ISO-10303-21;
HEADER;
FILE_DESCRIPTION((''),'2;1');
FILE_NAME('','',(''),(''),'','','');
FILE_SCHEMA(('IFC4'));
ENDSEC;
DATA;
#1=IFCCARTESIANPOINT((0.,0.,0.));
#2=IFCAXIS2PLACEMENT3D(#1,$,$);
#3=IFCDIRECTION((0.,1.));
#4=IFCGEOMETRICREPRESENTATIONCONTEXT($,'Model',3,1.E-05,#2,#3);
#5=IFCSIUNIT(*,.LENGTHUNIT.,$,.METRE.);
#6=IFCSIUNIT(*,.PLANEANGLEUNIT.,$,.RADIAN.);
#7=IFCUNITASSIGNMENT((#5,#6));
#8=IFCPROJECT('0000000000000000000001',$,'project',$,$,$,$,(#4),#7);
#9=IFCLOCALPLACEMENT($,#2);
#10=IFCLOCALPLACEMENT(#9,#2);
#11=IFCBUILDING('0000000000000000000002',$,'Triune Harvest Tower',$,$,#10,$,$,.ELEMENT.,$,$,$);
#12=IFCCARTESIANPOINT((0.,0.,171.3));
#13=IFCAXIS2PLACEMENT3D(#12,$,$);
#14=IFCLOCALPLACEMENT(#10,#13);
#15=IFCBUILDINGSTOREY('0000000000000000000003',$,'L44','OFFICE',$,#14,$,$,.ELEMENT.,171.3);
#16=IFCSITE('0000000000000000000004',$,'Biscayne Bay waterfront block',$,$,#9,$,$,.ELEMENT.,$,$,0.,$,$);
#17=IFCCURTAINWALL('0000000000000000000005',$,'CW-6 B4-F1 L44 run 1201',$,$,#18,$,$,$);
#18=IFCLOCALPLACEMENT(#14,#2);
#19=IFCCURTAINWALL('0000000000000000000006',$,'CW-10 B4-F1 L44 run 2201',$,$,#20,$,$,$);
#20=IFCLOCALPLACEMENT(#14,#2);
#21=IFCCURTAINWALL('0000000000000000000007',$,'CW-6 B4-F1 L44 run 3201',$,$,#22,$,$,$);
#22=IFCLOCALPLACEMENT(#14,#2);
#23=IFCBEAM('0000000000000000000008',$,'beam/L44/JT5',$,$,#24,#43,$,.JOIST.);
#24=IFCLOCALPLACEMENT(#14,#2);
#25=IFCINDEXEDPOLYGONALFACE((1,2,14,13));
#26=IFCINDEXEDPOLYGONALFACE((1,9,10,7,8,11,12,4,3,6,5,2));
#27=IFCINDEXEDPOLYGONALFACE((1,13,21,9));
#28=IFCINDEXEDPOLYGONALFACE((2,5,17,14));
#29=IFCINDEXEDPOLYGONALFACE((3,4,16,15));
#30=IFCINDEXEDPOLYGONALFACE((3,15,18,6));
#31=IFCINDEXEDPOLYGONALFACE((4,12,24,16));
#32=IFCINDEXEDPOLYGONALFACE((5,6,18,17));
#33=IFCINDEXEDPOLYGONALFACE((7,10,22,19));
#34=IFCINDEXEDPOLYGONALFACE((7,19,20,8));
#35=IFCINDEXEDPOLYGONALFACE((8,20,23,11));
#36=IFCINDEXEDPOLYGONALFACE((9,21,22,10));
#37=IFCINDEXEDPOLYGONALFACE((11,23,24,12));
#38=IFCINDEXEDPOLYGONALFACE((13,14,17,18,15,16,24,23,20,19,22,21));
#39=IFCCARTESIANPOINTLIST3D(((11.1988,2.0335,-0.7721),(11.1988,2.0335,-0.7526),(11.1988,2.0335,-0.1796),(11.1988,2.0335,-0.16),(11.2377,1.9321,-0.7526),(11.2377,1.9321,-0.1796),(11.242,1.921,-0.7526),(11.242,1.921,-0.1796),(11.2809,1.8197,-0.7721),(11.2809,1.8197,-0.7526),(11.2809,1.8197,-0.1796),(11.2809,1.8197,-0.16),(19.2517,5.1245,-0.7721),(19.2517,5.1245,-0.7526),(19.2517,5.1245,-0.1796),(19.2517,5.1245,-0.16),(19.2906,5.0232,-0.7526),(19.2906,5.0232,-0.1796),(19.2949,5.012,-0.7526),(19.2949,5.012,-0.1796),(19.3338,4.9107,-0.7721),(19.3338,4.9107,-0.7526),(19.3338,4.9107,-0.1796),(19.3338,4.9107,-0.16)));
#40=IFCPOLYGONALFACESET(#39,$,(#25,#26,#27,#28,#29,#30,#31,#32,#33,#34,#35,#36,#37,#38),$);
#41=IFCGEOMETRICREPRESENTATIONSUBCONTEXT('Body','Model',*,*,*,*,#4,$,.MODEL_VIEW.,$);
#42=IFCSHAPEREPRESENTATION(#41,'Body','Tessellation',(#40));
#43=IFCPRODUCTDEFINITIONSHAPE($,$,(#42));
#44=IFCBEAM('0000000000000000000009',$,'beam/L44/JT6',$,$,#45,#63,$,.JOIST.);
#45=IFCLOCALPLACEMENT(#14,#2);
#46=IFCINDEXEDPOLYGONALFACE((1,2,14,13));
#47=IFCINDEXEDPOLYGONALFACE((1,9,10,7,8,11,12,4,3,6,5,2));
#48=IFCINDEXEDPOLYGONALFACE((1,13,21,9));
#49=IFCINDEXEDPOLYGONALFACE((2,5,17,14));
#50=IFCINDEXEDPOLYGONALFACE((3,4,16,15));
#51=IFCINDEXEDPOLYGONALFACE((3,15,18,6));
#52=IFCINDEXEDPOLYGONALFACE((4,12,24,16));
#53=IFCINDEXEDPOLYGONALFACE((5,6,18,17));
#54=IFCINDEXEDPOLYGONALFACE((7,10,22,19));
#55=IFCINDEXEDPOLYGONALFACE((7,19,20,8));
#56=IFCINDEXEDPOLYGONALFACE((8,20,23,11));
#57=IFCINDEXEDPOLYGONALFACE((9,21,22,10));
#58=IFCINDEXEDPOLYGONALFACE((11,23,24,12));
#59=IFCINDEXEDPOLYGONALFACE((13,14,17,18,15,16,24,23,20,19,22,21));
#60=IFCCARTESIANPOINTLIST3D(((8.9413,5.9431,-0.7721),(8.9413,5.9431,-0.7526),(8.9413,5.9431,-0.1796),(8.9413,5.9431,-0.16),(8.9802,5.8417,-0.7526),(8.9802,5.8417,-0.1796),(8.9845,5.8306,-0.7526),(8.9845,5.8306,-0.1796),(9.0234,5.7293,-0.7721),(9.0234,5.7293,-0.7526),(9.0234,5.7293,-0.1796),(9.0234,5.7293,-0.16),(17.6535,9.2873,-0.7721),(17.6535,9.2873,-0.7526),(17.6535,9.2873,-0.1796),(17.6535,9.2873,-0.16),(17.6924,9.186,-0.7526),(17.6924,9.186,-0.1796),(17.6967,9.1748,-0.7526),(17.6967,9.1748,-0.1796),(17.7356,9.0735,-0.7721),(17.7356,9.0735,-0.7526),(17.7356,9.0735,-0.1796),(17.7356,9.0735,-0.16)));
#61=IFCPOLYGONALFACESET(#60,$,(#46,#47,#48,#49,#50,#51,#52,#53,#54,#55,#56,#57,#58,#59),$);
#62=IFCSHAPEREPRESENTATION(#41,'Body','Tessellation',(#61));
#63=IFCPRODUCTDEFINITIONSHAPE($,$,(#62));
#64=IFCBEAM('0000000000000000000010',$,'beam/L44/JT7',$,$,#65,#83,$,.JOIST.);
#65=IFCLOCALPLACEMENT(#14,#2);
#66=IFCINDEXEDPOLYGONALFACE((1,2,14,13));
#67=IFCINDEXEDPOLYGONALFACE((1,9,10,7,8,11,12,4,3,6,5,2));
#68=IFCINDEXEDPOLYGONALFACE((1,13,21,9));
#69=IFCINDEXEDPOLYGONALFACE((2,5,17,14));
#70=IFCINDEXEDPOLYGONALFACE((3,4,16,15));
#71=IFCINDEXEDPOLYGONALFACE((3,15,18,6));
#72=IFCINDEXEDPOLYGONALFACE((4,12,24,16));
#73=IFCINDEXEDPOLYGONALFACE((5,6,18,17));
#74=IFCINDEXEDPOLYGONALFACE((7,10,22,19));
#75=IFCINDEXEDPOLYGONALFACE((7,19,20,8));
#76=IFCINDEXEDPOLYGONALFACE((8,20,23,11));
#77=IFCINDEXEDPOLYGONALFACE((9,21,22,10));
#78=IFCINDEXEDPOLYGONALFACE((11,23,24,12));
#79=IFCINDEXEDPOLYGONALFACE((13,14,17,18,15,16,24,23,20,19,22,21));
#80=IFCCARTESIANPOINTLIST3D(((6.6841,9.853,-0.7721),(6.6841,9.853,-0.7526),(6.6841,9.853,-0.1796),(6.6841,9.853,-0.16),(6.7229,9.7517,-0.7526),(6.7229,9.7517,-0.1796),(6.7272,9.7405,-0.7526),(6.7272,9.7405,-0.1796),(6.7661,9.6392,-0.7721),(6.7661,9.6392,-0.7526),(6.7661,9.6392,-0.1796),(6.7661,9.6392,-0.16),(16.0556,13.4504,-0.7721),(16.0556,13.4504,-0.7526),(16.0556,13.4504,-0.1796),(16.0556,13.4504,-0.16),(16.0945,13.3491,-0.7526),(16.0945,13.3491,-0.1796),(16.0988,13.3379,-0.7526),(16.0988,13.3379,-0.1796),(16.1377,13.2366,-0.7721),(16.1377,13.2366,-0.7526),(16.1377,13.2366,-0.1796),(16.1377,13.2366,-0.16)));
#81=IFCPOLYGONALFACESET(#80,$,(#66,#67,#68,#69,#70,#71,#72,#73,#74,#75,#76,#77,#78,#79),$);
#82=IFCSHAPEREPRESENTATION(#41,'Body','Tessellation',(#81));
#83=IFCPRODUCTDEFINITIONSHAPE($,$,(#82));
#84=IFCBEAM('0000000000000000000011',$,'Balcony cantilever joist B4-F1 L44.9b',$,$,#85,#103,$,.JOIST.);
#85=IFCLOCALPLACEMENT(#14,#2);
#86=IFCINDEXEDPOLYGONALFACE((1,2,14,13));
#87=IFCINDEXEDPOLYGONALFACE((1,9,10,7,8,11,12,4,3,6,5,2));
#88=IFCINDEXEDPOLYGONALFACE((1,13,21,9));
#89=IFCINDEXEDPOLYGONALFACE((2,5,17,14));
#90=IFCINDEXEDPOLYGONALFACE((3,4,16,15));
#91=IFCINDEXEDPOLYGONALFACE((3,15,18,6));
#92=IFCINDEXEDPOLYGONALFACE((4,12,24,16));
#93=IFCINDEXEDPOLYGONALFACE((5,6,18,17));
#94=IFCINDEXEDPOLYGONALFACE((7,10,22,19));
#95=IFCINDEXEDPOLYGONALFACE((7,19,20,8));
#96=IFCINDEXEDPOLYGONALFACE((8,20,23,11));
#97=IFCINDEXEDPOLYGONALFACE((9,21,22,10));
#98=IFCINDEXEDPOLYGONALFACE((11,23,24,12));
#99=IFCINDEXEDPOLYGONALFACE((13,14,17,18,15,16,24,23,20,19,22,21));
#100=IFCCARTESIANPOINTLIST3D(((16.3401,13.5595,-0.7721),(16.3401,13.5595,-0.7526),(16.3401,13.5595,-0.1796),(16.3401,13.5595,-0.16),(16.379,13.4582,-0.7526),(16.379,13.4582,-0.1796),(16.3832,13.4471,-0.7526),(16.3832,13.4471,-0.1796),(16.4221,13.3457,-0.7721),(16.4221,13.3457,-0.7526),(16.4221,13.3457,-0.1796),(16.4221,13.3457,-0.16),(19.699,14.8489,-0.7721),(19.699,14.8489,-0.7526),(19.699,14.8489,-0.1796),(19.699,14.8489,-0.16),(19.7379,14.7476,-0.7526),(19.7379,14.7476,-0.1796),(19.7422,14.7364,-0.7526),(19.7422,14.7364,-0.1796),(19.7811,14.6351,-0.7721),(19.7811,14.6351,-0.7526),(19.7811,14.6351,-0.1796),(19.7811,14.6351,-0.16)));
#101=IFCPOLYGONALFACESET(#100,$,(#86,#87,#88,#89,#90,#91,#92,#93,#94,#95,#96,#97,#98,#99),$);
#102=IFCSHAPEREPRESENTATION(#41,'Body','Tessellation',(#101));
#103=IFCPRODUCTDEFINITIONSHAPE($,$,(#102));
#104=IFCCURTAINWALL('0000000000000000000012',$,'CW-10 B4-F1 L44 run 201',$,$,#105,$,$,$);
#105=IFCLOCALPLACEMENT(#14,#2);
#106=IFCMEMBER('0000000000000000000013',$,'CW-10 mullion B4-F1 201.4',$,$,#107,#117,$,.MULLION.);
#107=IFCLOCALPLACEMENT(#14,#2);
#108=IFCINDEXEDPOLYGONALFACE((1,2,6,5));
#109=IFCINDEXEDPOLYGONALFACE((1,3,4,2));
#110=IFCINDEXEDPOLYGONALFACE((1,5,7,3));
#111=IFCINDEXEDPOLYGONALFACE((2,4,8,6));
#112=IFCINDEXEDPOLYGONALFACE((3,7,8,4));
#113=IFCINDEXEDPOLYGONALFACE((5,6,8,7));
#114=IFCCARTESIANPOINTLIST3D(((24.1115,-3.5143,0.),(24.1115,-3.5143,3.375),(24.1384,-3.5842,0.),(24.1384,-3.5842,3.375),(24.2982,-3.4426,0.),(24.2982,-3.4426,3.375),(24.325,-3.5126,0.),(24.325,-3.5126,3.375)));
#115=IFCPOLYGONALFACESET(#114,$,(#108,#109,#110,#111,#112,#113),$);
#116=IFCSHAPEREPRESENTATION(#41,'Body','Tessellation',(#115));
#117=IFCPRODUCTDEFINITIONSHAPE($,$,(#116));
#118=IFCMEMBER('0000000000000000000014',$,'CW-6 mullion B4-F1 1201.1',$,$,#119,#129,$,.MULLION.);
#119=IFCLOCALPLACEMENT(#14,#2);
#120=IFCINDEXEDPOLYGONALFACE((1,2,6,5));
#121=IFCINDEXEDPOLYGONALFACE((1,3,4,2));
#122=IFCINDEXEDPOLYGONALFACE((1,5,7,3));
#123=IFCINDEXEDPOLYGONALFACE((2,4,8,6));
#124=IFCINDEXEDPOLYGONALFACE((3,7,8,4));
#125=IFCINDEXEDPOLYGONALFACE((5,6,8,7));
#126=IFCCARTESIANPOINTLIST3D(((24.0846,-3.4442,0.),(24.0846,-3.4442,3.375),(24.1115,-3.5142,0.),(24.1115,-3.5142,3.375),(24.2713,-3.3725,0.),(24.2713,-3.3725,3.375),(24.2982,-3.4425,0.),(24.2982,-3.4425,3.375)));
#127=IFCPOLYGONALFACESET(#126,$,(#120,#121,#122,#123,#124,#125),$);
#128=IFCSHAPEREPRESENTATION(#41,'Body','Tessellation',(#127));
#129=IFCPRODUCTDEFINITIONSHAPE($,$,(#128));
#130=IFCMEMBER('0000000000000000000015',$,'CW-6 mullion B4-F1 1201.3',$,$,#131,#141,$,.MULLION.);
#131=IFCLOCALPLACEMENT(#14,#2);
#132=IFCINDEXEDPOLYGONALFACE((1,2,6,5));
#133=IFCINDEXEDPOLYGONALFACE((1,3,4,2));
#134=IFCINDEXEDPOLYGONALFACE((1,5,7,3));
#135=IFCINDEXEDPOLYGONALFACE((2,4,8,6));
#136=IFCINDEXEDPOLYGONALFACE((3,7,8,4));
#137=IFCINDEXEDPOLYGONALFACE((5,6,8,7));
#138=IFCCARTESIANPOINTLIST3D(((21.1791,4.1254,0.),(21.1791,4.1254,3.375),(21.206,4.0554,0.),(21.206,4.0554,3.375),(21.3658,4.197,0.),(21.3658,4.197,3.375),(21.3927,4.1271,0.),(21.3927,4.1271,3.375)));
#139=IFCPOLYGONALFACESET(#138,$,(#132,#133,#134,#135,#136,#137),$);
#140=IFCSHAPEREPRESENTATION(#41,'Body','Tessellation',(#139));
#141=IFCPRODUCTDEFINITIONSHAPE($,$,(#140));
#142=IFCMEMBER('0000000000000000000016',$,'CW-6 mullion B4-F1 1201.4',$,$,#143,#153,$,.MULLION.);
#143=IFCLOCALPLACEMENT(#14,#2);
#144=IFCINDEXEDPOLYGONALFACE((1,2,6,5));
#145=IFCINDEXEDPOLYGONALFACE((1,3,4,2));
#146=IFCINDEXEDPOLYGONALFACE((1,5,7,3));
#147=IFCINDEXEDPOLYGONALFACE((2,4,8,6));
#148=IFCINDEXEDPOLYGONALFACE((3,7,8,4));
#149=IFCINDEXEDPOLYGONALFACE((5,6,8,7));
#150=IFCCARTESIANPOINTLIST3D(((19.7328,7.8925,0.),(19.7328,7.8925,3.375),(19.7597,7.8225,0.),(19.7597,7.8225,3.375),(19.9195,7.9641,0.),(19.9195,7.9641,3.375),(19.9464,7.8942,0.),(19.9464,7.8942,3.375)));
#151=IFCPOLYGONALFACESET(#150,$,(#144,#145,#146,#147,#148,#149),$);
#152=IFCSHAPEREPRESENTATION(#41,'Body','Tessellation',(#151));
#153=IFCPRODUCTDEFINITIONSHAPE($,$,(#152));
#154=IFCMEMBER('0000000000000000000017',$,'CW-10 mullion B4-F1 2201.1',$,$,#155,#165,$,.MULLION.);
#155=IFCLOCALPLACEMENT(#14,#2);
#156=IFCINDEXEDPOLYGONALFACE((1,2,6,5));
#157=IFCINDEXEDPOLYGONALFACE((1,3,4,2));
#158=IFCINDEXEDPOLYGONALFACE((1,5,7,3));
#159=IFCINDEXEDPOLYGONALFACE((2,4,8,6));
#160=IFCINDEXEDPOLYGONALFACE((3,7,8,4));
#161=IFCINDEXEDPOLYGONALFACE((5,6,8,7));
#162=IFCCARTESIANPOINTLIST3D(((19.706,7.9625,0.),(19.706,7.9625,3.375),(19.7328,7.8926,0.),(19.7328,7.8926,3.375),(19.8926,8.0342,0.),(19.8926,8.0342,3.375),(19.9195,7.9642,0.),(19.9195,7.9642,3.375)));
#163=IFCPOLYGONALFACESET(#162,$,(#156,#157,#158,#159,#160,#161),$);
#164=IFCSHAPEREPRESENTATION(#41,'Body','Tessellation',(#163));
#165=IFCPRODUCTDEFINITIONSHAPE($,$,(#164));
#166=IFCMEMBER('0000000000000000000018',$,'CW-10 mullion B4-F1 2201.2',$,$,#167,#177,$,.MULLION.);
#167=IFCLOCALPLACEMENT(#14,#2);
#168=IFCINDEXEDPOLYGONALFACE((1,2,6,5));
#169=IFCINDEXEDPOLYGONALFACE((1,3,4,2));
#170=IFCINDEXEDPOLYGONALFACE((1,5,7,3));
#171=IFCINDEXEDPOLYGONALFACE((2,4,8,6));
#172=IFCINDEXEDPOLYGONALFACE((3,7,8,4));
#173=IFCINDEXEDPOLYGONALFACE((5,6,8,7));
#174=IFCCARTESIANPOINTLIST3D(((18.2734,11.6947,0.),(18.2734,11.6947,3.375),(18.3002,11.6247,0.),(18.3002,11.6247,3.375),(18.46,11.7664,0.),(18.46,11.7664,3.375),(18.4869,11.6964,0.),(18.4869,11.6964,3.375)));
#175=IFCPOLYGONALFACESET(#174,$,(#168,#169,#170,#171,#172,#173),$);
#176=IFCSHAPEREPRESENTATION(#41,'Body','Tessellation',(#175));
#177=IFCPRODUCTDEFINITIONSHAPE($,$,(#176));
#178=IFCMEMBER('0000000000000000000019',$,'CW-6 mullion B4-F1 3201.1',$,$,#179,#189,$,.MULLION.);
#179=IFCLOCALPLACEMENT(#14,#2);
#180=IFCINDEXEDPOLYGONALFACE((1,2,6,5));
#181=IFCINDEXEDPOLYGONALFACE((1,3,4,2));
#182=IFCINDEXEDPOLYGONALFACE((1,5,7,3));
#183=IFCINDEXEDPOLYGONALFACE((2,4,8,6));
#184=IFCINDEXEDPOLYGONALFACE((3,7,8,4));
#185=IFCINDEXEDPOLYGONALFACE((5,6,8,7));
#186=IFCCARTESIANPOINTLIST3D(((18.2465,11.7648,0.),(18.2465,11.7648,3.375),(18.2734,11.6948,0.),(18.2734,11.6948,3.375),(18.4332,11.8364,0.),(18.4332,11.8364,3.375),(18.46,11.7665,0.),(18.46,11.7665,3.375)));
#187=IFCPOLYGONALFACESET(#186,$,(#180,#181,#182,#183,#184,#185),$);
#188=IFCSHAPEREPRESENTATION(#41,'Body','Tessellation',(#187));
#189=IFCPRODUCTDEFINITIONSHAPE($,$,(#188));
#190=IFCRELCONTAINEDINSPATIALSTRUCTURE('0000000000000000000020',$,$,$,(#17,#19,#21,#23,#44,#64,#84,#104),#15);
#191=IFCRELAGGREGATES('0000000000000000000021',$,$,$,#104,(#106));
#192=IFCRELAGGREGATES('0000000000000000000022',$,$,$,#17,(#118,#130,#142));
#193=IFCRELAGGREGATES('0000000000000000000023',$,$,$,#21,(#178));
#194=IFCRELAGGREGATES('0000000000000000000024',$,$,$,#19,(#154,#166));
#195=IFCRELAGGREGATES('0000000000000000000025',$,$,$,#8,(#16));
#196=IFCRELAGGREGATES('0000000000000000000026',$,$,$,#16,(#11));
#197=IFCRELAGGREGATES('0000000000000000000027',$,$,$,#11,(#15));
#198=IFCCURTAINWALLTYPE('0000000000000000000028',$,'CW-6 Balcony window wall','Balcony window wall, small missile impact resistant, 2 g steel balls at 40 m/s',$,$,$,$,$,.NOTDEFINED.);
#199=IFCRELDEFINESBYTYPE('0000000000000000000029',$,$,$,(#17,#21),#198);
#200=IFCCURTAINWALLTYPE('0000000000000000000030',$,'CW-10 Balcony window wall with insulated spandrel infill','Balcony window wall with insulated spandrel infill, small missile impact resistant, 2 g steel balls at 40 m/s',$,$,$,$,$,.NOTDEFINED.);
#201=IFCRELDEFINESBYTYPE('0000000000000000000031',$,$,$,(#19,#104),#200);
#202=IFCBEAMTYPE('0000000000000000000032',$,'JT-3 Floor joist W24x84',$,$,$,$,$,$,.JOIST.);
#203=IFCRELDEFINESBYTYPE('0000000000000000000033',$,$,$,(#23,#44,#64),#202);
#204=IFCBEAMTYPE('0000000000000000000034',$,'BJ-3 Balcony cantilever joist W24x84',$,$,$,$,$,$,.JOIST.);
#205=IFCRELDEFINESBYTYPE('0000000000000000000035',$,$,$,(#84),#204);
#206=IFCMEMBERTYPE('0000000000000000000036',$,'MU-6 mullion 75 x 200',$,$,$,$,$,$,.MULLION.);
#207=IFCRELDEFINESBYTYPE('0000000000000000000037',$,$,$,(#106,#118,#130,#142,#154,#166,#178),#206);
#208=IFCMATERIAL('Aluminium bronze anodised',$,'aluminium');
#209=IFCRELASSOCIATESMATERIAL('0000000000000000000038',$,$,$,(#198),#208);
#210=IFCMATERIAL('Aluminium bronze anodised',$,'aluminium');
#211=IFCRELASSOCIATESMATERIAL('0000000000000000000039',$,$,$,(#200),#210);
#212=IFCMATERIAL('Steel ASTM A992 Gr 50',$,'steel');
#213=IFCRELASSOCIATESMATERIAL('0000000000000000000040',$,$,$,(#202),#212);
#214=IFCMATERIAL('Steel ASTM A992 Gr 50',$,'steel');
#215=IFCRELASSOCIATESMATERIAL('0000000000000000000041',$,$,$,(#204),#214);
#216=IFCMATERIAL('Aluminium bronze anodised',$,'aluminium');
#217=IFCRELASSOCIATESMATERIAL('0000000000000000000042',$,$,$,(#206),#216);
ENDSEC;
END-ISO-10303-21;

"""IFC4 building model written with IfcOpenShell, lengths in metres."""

from ifc_helpers import new_model, si_unit, direction, frame, origin, origin_2d, place, context, subcontext, project, spatial, rectangle, i_section, extrude, source, transform, mapped, material, material_profile, profile_set, type_object, element, aggregate, save


model = new_model("IFC4")

# Units and contexts
model_context = context("Model", 3, precision=1e-05, world=origin(), true_north=direction((0.0, 1.0)))
body_context = subcontext(model_context, "Body", "Model", "MODEL_VIEW")
ifc_project = project(units=[si_unit("LENGTHUNIT", "METRE"), si_unit("PLANEANGLEUNIT", "RADIAN")], contexts=[model_context])

# Site, building, storey
site_placement = place(None, origin())
site = spatial("IfcSite", under=ifc_project, at=site_placement, Name="Biscayne Bay waterfront block", CompositionType="ELEMENT", RefElevation=0.0)
building_placement = place(site_placement, origin())
building = spatial("IfcBuilding", under=site, at=building_placement, Name="Triune Harvest Tower", CompositionType="ELEMENT")
storey_placement = place(building_placement, frame((0.0, 0.0, 171.3)))
storey = spatial("IfcBuildingStorey", under=building, at=storey_placement, Name="L44", Description="OFFICE", CompositionType="ELEMENT", Elevation=171.3)

# Curtain walls
ifc_material_1 = material(Name="Aluminium bronze anodised", Category="aluminium")
curtain_wall_type_1 = type_object("IfcCurtainWallType", Name="CW-6 Balcony window wall", Description="Balcony window wall, small missile impact resistant, 2 g steel balls at 40 m/s", PredefinedType="NOTDEFINED", material=ifc_material_1)
curtain_wall_1_placement = place(storey_placement, origin())
curtain_wall_1 = element("IfcCurtainWall", 1, at=curtain_wall_1_placement, inside=storey, type_object=curtain_wall_type_1, Name="CW-6 B4-F1 L44 run 1201")
ifc_material_2 = material(Name="Aluminium bronze anodised", Category="aluminium")
curtain_wall_type_2 = type_object("IfcCurtainWallType", Name="CW-10 Balcony window wall with insulated spandrel infill", Description="Balcony window wall with insulated spandrel infill, small missile impact resistant, 2 g steel balls at 40 m/s", PredefinedType="NOTDEFINED", material=ifc_material_2)
curtain_wall_2_placement = place(storey_placement, origin())
curtain_wall_2 = element("IfcCurtainWall", 2, at=curtain_wall_2_placement, inside=storey, type_object=curtain_wall_type_2, Name="CW-10 B4-F1 L44 run 2201")
curtain_wall_3_placement = place(storey_placement, origin())
curtain_wall_3 = element("IfcCurtainWall", 3, at=curtain_wall_3_placement, inside=storey, type_object=curtain_wall_type_1, Name="CW-6 B4-F1 L44 run 3201")

# Beams
ifc_material_3 = material(Name="Steel ASTM A992 Gr 50", Category="steel")
ifc_material_profile_1 = material_profile(ifc_material_3, i_section(OverallWidth=0.229, OverallDepth=0.6121, WebThickness=0.012, FlangeThickness=0.0195, at=origin_2d()), Name="W24x84")
ifc_profile_set_1 = profile_set([ifc_material_profile_1], Name="Steel ASTM A992 Gr 50")
beam_type_1 = type_object("IfcBeamType", Name="JT-3 Floor joist W24x84", PredefinedType="JOIST", material=ifc_profile_set_1)
shared_shape_1 = source(origin(), body_context, "Body", "SweptSolid", [
    extrude(i_section(OverallWidth=0.229, OverallDepth=0.6121, WebThickness=0.012, FlangeThickness=0.0195, at=origin_2d()), origin(), (0.0, 0.0, 1.0), 8.6257),
])
beam_1_placement = place(storey_placement, frame((19.2927, 5.0176, -0.4661), z_axis=(-0.933588, -0.358349, 0.0), x_axis=(0.358349, -0.933588, 0.0)))
element("IfcBeam", 4, at=beam_1_placement, inside=storey, type_object=beam_type_1, Name="beam/L44/JT5", PredefinedType="JOIST", context=body_context, shape_type="MappedRepresentation", body=[
    mapped(shared_shape_1, transform((0.0, 0.0, 0.0), scale=1.0)),
])
shared_shape_2 = source(origin(), body_context, "Body", "SweptSolid", [
    extrude(i_section(OverallWidth=0.229, OverallDepth=0.6121, WebThickness=0.012, FlangeThickness=0.0195, at=origin_2d()), origin(), (0.0, 0.0, 1.0), 9.332),
])
beam_2_placement = place(storey_placement, frame((17.6946, 9.1804, -0.4661), z_axis=(-0.933582, -0.358364, 0.0), x_axis=(0.358364, -0.933582, 0.0)))
element("IfcBeam", 5, at=beam_2_placement, inside=storey, type_object=beam_type_1, Name="beam/L44/JT6", PredefinedType="JOIST", context=body_context, shape_type="MappedRepresentation", body=[
    mapped(shared_shape_2, transform((0.0, 0.0, 0.0), scale=1.0)),
])
shared_shape_3 = source(origin(), body_context, "Body", "SweptSolid", [
    extrude(i_section(OverallWidth=0.229, OverallDepth=0.6121, WebThickness=0.012, FlangeThickness=0.0195, at=origin_2d()), origin(), (0.0, 0.0, 1.0), 10.0383),
])
beam_3_placement = place(storey_placement, frame((16.0967, 13.3435, -0.4661), z_axis=(-0.93358, -0.358368, 0.0), x_axis=(0.358368, -0.93358, 0.0)))
element("IfcBeam", 6, at=beam_3_placement, inside=storey, type_object=beam_type_1, Name="beam/L44/JT7", PredefinedType="JOIST", context=body_context, shape_type="MappedRepresentation", body=[
    mapped(shared_shape_3, transform((0.0, 0.0, 0.0), scale=1.0)),
])
ifc_material_4 = material(Name="Steel ASTM A992 Gr 50", Category="steel")
ifc_material_profile_2 = material_profile(ifc_material_4, i_section(OverallWidth=0.229, OverallDepth=0.6121, WebThickness=0.012, FlangeThickness=0.0195, at=origin_2d()), Name="W24x84")
ifc_profile_set_2 = profile_set([ifc_material_profile_2], Name="Steel ASTM A992 Gr 50")
beam_type_2 = type_object("IfcBeamType", Name="BJ-3 Balcony cantilever joist W24x84", PredefinedType="JOIST", material=ifc_profile_set_2)
shared_shape_4 = source(origin(), body_context, "Body", "SweptSolid", [
    extrude(i_section(OverallWidth=0.229, OverallDepth=0.6121, WebThickness=0.012, FlangeThickness=0.0195, at=origin_2d()), origin(), (0.0, 0.0, 1.0), 3.5979),
])
beam_4_placement = place(storey_placement, frame((16.3811, 13.4526, -0.4661), z_axis=(0.933585, 0.358356, 0.0), x_axis=(-0.358356, 0.933585, 0.0)))
element("IfcBeam", 7, at=beam_4_placement, inside=storey, type_object=beam_type_2, Name="Balcony cantilever joist B4-F1 L44.9b", PredefinedType="JOIST", context=body_context, shape_type="MappedRepresentation", body=[
    mapped(shared_shape_4, transform((0.0, 0.0, 0.0), scale=1.0)),
])

# Curtain wall, member
curtain_wall_4_placement = place(storey_placement, origin())
curtain_wall_4 = element("IfcCurtainWall", 8, at=curtain_wall_4_placement, inside=storey, type_object=curtain_wall_type_2, Name="CW-10 B4-F1 L44 run 201")
ifc_material_5 = material(Name="Aluminium bronze anodised", Category="aluminium")
ifc_material_profile_3 = material_profile(ifc_material_5, rectangle(XDim=0.2, YDim=0.075, at=origin_2d()), Name="MU-6 mullion 75 x 200")
ifc_profile_set_3 = profile_set([ifc_material_profile_3], Name="Aluminium bronze anodised")
member_type_1 = type_object("IfcMemberType", Name="MU-6 mullion 75 x 200", PredefinedType="MULLION", material=ifc_profile_set_3)
shared_shape_5 = source(origin(), body_context, "Body", "SweptSolid", [
    extrude(rectangle(XDim=0.2, YDim=0.075, at=origin_2d()), origin(), (0.0, 0.0, 1.0), 3.375),
])
member_1_placement = place(storey_placement, frame((24.2183, -3.5134, 0.0), z_axis=(0.0, 0.0, 1.0), x_axis=(-0.933579, -0.358371, 0.0)))
member_1 = element("IfcMember", 9, at=member_1_placement, type_object=member_type_1, Name="CW-10 mullion B4-F1 201.4", PredefinedType="MULLION", context=body_context, shape_type="MappedRepresentation", body=[
    mapped(shared_shape_5, transform((0.0, 0.0, 0.0), scale=1.0)),
])
aggregate(curtain_wall_4, [member_1])

# Members
member_2_placement = place(storey_placement, frame((24.1914, -3.4434, 0.0), z_axis=(0.0, 0.0, 1.0), x_axis=(-0.933579, -0.358371, 0.0)))
member_2 = element("IfcMember", 10, at=member_2_placement, type_object=member_type_1, Name="CW-6 mullion B4-F1 1201.1", PredefinedType="MULLION", context=body_context, shape_type="MappedRepresentation", body=[
    mapped(shared_shape_5, transform((0.0, 0.0, 0.0), scale=1.0)),
])
member_3_placement = place(storey_placement, frame((21.2859, 4.1262, 0.0), z_axis=(0.0, 0.0, 1.0), x_axis=(-0.933579, -0.358371, 0.0)))
member_3 = element("IfcMember", 11, at=member_3_placement, type_object=member_type_1, Name="CW-6 mullion B4-F1 1201.3", PredefinedType="MULLION", context=body_context, shape_type="MappedRepresentation", body=[
    mapped(shared_shape_5, transform((0.0, 0.0, 0.0), scale=1.0)),
])
member_4_placement = place(storey_placement, frame((19.8396, 7.8933, 0.0), z_axis=(0.0, 0.0, 1.0), x_axis=(-0.933579, -0.358371, 0.0)))
member_4 = element("IfcMember", 12, at=member_4_placement, type_object=member_type_1, Name="CW-6 mullion B4-F1 1201.4", PredefinedType="MULLION", context=body_context, shape_type="MappedRepresentation", body=[
    mapped(shared_shape_5, transform((0.0, 0.0, 0.0), scale=1.0)),
])
member_5_placement = place(storey_placement, frame((19.8127, 7.9634, 0.0), z_axis=(0.0, 0.0, 1.0), x_axis=(-0.933583, -0.358362, 0.0)))
member_5 = element("IfcMember", 13, at=member_5_placement, type_object=member_type_1, Name="CW-10 mullion B4-F1 2201.1", PredefinedType="MULLION", context=body_context, shape_type="MappedRepresentation", body=[
    mapped(shared_shape_5, transform((0.0, 0.0, 0.0), scale=1.0)),
])
member_6_placement = place(storey_placement, frame((18.3801, 11.6956, 0.0), z_axis=(0.0, 0.0, 1.0), x_axis=(-0.933583, -0.358362, 0.0)))
member_6 = element("IfcMember", 14, at=member_6_placement, type_object=member_type_1, Name="CW-10 mullion B4-F1 2201.2", PredefinedType="MULLION", context=body_context, shape_type="MappedRepresentation", body=[
    mapped(shared_shape_5, transform((0.0, 0.0, 0.0), scale=1.0)),
])
member_7_placement = place(storey_placement, frame((18.3533, 11.7656, 0.0), z_axis=(0.0, 0.0, 1.0), x_axis=(-0.933578, -0.358375, 0.0)))
member_7 = element("IfcMember", 15, at=member_7_placement, type_object=member_type_1, Name="CW-6 mullion B4-F1 3201.1", PredefinedType="MULLION", context=body_context, shape_type="MappedRepresentation", body=[
    mapped(shared_shape_5, transform((0.0, 0.0, 0.0), scale=1.0)),
])

aggregate(curtain_wall_1, [member_2, member_3, member_4])
aggregate(curtain_wall_3, [member_7])
aggregate(curtain_wall_2, [member_5, member_6])

save(model, "model.ifc")
